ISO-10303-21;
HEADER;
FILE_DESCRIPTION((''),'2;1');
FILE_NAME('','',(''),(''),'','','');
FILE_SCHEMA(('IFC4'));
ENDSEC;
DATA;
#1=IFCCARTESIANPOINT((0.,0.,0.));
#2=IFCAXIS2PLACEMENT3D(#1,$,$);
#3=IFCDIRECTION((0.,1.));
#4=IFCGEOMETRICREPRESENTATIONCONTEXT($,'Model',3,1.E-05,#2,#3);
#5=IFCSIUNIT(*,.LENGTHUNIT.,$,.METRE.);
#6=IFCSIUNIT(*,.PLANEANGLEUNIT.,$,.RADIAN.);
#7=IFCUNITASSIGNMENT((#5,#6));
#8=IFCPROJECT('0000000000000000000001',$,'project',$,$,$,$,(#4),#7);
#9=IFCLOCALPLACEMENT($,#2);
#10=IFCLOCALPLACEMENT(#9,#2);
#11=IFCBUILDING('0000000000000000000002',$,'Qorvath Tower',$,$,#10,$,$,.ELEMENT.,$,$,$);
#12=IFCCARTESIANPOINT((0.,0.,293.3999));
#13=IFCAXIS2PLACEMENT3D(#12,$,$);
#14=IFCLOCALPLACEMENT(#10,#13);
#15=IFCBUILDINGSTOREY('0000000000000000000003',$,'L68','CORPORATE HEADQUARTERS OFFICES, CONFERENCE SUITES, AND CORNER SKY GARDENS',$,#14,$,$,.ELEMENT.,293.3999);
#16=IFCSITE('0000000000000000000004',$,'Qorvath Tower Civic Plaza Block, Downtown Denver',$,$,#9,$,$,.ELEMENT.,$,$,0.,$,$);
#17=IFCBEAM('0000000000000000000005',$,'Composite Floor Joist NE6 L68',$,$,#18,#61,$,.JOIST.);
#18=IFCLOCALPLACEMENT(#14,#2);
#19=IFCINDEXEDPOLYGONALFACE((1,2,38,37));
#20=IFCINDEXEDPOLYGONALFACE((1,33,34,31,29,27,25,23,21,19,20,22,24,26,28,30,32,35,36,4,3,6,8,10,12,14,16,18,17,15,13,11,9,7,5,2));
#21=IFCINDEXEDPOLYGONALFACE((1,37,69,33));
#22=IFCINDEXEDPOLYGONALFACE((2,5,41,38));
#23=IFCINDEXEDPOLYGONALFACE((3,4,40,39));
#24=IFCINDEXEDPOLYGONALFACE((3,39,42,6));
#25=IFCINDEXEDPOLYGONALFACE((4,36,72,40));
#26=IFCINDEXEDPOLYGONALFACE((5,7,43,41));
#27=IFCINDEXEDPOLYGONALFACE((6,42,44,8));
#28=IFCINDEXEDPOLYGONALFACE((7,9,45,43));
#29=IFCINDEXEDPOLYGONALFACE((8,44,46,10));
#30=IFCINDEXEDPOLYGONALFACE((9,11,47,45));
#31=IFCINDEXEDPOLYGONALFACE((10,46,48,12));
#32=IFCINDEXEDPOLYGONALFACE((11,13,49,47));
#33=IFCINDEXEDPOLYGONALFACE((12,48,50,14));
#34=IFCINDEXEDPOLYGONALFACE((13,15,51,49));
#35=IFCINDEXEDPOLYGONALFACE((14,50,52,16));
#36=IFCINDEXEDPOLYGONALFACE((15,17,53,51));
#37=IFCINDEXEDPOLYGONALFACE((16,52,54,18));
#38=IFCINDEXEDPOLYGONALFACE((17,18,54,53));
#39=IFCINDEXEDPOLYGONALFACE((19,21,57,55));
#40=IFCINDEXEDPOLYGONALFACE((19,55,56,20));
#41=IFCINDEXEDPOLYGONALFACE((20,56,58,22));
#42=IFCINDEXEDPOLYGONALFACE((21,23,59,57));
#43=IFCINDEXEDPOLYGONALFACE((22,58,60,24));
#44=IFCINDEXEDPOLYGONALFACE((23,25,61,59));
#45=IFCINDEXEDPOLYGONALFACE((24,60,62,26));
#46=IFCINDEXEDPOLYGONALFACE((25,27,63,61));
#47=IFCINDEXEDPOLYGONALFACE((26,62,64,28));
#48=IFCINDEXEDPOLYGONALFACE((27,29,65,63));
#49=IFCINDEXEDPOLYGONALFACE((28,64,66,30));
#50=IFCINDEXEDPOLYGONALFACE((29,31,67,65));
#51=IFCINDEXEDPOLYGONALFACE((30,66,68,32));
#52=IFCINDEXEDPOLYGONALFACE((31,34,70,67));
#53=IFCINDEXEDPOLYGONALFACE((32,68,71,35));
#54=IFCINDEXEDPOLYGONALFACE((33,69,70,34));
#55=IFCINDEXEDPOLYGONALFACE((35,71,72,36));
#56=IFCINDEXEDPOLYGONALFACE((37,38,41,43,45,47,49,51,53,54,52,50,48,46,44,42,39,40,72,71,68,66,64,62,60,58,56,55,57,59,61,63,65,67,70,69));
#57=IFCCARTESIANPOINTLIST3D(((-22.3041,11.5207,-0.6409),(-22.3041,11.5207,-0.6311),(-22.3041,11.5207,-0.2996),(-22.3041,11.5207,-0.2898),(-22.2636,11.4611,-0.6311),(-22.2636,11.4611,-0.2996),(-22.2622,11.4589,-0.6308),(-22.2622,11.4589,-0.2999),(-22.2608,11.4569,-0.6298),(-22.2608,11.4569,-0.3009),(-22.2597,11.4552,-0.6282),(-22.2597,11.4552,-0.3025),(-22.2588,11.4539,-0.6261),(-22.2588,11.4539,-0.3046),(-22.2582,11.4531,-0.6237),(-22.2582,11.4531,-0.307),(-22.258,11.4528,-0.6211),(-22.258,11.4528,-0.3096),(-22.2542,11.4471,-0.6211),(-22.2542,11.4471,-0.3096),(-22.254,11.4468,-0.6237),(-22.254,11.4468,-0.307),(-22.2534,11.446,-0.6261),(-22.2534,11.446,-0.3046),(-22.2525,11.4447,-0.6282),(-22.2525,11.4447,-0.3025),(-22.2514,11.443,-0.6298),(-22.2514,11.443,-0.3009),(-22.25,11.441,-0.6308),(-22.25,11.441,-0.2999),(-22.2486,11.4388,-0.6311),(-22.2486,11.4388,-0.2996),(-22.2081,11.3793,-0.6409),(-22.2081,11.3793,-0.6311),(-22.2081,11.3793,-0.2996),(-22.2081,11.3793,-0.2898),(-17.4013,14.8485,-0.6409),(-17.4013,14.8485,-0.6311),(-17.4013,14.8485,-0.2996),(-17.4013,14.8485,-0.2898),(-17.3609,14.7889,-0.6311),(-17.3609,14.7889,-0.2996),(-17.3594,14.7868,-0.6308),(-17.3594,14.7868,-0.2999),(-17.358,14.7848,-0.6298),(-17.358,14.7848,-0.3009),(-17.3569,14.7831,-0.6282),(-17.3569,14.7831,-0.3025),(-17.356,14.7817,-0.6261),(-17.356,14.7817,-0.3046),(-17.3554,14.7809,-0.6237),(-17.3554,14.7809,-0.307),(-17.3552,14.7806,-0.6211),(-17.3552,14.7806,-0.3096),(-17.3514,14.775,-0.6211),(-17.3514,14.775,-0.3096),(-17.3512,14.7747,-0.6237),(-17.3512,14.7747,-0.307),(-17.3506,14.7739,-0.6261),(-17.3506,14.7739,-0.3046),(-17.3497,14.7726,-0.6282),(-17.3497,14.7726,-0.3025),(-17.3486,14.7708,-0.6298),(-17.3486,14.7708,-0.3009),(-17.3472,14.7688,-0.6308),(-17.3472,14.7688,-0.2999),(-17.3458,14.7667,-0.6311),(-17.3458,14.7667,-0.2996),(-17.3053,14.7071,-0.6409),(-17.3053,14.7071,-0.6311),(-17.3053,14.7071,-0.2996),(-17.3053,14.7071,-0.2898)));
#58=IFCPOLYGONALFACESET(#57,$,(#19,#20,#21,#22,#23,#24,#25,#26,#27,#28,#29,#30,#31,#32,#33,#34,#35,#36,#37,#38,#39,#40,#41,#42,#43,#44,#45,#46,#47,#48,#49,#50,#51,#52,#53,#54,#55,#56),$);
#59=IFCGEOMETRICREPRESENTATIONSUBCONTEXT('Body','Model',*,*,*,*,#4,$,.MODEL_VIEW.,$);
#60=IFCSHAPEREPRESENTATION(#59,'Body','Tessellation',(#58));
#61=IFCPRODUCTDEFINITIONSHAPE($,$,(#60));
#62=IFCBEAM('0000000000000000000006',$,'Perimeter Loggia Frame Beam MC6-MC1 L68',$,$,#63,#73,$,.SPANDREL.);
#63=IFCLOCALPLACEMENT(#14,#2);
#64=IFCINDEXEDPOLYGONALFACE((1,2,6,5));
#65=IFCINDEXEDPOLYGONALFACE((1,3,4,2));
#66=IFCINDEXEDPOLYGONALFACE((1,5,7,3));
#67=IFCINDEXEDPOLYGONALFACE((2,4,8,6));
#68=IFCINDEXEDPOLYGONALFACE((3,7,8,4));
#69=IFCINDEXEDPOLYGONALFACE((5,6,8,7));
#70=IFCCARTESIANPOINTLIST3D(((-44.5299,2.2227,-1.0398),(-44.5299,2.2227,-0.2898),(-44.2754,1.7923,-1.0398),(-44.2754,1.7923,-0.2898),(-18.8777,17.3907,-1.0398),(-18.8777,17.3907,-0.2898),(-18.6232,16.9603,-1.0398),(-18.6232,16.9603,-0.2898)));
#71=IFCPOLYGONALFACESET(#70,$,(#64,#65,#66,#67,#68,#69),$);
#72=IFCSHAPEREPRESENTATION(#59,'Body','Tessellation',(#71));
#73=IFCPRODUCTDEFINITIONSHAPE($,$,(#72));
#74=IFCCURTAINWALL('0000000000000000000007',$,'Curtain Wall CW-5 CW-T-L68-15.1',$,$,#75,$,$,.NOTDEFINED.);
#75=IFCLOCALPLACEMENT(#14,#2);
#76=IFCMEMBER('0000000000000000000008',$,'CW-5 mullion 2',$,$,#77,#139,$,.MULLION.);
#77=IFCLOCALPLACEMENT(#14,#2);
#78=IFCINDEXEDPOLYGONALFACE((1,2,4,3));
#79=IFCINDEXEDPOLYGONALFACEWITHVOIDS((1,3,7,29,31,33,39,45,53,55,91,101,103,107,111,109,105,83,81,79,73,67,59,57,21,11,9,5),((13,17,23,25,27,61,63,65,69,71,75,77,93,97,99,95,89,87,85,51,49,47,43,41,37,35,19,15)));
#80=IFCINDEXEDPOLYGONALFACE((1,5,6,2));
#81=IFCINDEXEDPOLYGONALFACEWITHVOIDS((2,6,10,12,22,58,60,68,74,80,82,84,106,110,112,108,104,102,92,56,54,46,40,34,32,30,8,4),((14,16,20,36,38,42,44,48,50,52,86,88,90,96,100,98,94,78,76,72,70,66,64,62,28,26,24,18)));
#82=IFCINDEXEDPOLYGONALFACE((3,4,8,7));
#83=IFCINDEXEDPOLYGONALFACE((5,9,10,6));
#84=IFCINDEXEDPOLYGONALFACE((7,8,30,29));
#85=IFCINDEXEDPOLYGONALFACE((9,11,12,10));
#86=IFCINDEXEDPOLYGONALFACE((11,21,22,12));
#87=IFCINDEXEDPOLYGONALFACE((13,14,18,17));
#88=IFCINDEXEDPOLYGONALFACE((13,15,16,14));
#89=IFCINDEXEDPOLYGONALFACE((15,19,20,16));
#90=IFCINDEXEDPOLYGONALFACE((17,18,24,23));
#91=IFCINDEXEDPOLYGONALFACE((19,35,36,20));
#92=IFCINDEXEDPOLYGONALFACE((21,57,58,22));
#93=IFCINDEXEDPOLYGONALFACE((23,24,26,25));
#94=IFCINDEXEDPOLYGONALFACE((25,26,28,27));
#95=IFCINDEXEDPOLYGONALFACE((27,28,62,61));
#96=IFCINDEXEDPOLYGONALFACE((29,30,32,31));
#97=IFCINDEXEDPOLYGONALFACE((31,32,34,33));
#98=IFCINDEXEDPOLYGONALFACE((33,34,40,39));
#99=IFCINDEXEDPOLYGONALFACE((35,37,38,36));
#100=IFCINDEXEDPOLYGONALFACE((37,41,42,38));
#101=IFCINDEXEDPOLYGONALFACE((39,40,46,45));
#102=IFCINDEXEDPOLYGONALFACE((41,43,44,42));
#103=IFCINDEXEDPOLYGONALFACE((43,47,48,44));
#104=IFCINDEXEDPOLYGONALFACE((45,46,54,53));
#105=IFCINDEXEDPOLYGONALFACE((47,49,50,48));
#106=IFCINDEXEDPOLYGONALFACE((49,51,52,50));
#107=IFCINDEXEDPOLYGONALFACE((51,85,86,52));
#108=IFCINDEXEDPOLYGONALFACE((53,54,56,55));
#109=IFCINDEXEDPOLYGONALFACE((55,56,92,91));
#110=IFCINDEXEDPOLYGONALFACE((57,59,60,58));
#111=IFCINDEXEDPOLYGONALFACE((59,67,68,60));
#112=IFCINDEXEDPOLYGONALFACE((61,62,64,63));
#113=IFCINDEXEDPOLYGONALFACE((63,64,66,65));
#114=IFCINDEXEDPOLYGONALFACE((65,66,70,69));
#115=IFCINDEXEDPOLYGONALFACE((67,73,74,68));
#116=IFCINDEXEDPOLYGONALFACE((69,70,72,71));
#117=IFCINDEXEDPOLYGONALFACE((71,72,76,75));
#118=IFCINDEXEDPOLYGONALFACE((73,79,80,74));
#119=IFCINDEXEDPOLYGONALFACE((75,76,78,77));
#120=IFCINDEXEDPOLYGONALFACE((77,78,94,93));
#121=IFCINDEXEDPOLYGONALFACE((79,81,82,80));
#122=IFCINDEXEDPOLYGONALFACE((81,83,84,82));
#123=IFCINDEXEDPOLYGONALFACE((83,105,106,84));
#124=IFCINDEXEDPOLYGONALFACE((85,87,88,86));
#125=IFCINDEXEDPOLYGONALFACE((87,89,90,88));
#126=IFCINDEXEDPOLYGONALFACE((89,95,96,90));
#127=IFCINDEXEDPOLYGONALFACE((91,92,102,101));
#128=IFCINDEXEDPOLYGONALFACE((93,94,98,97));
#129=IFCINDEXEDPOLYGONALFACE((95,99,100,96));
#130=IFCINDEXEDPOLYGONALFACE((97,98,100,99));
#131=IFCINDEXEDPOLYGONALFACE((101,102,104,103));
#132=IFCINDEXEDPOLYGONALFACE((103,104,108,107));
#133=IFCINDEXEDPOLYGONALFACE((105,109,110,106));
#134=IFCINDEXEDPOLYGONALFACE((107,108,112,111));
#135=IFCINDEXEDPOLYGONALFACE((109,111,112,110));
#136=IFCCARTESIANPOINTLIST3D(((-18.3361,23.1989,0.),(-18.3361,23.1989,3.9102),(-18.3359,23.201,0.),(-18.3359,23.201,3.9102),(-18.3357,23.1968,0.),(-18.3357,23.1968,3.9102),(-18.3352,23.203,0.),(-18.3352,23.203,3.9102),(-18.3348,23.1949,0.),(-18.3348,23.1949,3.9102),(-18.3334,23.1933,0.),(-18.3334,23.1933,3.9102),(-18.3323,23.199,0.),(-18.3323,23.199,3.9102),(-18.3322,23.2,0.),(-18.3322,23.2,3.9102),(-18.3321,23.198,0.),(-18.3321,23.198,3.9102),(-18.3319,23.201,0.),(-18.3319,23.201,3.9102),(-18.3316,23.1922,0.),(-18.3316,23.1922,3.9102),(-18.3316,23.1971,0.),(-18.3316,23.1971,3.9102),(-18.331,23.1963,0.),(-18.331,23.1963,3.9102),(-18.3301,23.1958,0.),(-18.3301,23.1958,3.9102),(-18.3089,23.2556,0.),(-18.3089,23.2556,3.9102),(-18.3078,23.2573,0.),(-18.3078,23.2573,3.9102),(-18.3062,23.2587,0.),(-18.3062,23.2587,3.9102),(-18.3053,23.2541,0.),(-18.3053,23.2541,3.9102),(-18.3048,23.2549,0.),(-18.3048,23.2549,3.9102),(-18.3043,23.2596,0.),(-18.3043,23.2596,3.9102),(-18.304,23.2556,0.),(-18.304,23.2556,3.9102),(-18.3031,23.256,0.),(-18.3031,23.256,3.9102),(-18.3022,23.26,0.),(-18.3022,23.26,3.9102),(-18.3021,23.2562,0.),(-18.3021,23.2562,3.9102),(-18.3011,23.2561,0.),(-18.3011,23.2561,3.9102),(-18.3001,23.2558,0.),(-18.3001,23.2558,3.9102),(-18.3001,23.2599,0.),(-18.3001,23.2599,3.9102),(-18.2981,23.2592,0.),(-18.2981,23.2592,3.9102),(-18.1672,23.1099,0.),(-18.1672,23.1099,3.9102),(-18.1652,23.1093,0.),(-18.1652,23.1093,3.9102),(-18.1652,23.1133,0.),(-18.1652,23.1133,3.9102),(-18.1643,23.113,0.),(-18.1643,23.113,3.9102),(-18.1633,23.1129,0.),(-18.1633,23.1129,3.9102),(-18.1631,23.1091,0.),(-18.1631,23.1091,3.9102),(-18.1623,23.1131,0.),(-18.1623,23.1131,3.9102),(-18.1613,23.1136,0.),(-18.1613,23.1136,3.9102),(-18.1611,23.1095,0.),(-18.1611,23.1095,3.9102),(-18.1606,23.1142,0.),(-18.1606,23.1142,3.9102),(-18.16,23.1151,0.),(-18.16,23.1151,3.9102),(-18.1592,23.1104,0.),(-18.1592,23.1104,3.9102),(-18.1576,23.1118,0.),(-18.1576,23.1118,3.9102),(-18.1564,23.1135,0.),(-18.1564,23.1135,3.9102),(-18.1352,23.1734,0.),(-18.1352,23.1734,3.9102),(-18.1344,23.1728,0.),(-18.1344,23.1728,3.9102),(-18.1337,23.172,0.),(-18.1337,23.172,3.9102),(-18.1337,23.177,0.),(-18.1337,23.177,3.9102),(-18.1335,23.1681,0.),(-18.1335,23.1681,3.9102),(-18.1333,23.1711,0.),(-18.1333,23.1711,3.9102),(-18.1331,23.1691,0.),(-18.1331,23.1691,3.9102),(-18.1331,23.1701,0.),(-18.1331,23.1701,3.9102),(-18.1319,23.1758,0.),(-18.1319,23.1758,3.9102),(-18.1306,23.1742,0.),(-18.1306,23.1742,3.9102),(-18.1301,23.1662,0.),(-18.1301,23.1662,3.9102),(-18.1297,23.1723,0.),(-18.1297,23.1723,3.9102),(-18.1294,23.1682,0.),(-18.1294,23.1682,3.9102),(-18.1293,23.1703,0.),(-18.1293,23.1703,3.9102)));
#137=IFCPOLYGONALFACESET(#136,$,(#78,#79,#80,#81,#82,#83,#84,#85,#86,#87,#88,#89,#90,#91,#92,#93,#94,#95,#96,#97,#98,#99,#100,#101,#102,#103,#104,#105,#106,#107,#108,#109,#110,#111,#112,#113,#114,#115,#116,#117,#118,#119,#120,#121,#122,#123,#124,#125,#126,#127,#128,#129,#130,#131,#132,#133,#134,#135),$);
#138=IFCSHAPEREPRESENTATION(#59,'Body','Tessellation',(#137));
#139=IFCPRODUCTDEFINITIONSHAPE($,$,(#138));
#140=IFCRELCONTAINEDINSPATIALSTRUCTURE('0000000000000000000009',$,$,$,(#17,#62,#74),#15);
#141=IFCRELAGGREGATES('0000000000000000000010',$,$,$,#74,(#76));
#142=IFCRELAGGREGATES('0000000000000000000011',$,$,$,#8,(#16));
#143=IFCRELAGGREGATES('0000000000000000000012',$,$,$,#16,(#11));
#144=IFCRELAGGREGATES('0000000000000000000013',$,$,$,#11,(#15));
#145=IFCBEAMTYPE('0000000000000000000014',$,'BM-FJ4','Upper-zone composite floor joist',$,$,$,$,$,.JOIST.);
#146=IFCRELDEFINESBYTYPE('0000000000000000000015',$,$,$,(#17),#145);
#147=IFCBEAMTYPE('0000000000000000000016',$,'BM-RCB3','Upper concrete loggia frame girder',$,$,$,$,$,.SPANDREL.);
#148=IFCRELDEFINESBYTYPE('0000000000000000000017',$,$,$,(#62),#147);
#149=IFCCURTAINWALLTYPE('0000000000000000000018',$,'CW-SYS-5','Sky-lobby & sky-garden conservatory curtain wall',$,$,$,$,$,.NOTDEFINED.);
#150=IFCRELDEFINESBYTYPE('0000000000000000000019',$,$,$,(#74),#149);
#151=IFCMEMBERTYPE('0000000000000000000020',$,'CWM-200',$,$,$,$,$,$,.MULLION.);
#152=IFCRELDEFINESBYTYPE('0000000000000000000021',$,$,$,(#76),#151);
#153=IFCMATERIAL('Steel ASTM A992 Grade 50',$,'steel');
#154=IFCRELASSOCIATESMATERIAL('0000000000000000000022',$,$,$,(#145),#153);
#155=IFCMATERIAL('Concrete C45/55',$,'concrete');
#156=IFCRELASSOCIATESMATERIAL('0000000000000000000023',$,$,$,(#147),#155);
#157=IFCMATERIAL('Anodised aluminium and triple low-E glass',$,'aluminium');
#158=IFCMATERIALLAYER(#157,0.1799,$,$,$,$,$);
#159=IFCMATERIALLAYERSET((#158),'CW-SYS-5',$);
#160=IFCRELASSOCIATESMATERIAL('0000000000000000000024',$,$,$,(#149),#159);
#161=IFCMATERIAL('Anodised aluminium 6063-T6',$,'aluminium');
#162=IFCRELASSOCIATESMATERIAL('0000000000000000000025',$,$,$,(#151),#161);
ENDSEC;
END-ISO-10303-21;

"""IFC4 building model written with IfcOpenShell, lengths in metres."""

from ifc_helpers import new_model, si_unit, direction, frame, origin, origin_2d, place, context, subcontext, project, spatial, rectangle, hollow_rectangle, i_section, extrude, material, layer, layer_set, material_profile, profile_set, type_object, element, aggregate, save


model = new_model("IFC4")

# Units and contexts
model_context = context("Model", 3, precision=1e-05, world=origin(), true_north=direction((0.0, 1.0)))
body_context = subcontext(model_context, "Body", "Model", "MODEL_VIEW")
ifc_project = project(units=[si_unit("LENGTHUNIT", "METRE"), si_unit("PLANEANGLEUNIT", "RADIAN")], contexts=[model_context])

# Site, building, storey
site_placement = place(None, origin())
site = spatial("IfcSite", under=ifc_project, at=site_placement, Name="Qorvath Tower Civic Plaza Block, Downtown Denver", CompositionType="ELEMENT", RefElevation=0.0)
building_placement = place(site_placement, origin())
building = spatial("IfcBuilding", under=site, at=building_placement, Name="Qorvath Tower", CompositionType="ELEMENT")
storey_placement = place(building_placement, frame((0.0, 0.0, 293.3999)))
storey = spatial("IfcBuildingStorey", under=building, at=storey_placement, Name="L68", Description="CORPORATE HEADQUARTERS OFFICES, CONFERENCE SUITES, AND CORNER SKY GARDENS", CompositionType="ELEMENT", Elevation=293.3999)

# Beams
ifc_material_1 = material(Name="Steel ASTM A992 Grade 50", Category="steel")
ifc_material_profile_1 = material_profile(ifc_material_1, i_section(OverallWidth=0.1709, OverallDepth=0.3511, WebThickness=0.0068, FlangeThickness=0.0098, FilletRadius=0.01, at=origin_2d()), Name="W14x30")
ifc_profile_set_1 = profile_set([ifc_material_profile_1], Name="Steel ASTM A992 Grade 50")
beam_type_1 = type_object("IfcBeamType", Name="BM-FJ4", Description="Upper-zone composite floor joist", PredefinedType="JOIST", material=ifc_profile_set_1)
beam_1_placement = place(storey_placement, frame((-22.2561, 11.45, -0.4653), z_axis=(0.827401, 0.561612, 0.0), x_axis=(-0.561612, 0.827401, 0.0)))
element("IfcBeam", 1, at=beam_1_placement, inside=storey, type_object=beam_type_1, Name="Composite Floor Joist NE6 L68", PredefinedType="JOIST", context=body_context, shape_type="SweptSolid", body=[
    extrude(i_section(OverallWidth=0.1709, OverallDepth=0.3511, WebThickness=0.0068, FlangeThickness=0.0098, FilletRadius=0.01, at=origin_2d()), origin(), (0.0, 0.0, 1.0), 5.9255),
])
ifc_material_2 = material(Name="Concrete C45/55", Category="concrete")
ifc_material_profile_2 = material_profile(ifc_material_2, rectangle(XDim=0.5, YDim=0.75, at=origin_2d()), Name="RCB 750x500")
ifc_profile_set_2 = profile_set([ifc_material_profile_2], Name="Concrete C45/55")
beam_type_2 = type_object("IfcBeamType", Name="BM-RCB3", Description="Upper concrete loggia frame girder", PredefinedType="SPANDREL", material=ifc_profile_set_2)
beam_2_placement = place(storey_placement, frame((-18.7505, 17.1755, -0.6648), z_axis=(-0.860781, -0.508976, 0.0), x_axis=(0.508976, -0.860781, 0.0)))
element("IfcBeam", 2, at=beam_2_placement, inside=storey, type_object=beam_type_2, Name="Perimeter Loggia Frame Beam MC6-MC1 L68", PredefinedType="SPANDREL", context=body_context, shape_type="SweptSolid", body=[
    extrude(rectangle(XDim=0.5, YDim=0.75, at=origin_2d()), origin(), (0.0, 0.0, 1.0), 29.801),
])

# Curtain wall, member
ifc_material_3 = material(Name="Anodised aluminium and triple low-E glass", Category="aluminium")
ifc_layer_1 = layer(ifc_material_3, 0.1799)
ifc_layer_set_1 = layer_set([ifc_layer_1], Name="CW-SYS-5")
curtain_wall_type = type_object("IfcCurtainWallType", Name="CW-SYS-5", Description="Sky-lobby & sky-garden conservatory curtain wall", PredefinedType="NOTDEFINED", material=ifc_layer_set_1)
curtain_wall_1_placement = place(storey_placement, origin())
curtain_wall_1 = element("IfcCurtainWall", 3, at=curtain_wall_1_placement, inside=storey, type_object=curtain_wall_type, Name="Curtain Wall CW-5 CW-T-L68-15.1", PredefinedType="NOTDEFINED")
ifc_material_4 = material(Name="Anodised aluminium 6063-T6", Category="aluminium")
ifc_material_profile_3 = material_profile(ifc_material_4, hollow_rectangle(XDim=0.075, YDim=0.2, WallThickness=0.0039, InnerFilletRadius=0.0039, OuterFilletRadius=0.0081, at=origin_2d()), Name="CWM 200x75")
ifc_profile_set_3 = profile_set([ifc_material_profile_3], Name="Anodised aluminium 6063-T6")
member_type_1 = type_object("IfcMemberType", Name="CWM-200", PredefinedType="MULLION", material=ifc_profile_set_3)
member_1_placement = place(storey_placement, frame((-18.2327, 23.1846, 0.0), z_axis=(0.0, 0.0, 1.0), x_axis=(-0.447214, -0.894427, 0.0)))
member_1 = element("IfcMember", 4, at=member_1_placement, type_object=member_type_1, Name="CW-5 mullion 2", PredefinedType="MULLION", context=body_context, shape_type="SweptSolid", body=[
    extrude(hollow_rectangle(XDim=0.075, YDim=0.2, WallThickness=0.0039, InnerFilletRadius=0.0039, OuterFilletRadius=0.0081, at=origin_2d()), origin(), (0.0, 0.0, 1.0), 3.9102),
])

aggregate(curtain_wall_1, [member_1])

save(model, "model.ifc")
